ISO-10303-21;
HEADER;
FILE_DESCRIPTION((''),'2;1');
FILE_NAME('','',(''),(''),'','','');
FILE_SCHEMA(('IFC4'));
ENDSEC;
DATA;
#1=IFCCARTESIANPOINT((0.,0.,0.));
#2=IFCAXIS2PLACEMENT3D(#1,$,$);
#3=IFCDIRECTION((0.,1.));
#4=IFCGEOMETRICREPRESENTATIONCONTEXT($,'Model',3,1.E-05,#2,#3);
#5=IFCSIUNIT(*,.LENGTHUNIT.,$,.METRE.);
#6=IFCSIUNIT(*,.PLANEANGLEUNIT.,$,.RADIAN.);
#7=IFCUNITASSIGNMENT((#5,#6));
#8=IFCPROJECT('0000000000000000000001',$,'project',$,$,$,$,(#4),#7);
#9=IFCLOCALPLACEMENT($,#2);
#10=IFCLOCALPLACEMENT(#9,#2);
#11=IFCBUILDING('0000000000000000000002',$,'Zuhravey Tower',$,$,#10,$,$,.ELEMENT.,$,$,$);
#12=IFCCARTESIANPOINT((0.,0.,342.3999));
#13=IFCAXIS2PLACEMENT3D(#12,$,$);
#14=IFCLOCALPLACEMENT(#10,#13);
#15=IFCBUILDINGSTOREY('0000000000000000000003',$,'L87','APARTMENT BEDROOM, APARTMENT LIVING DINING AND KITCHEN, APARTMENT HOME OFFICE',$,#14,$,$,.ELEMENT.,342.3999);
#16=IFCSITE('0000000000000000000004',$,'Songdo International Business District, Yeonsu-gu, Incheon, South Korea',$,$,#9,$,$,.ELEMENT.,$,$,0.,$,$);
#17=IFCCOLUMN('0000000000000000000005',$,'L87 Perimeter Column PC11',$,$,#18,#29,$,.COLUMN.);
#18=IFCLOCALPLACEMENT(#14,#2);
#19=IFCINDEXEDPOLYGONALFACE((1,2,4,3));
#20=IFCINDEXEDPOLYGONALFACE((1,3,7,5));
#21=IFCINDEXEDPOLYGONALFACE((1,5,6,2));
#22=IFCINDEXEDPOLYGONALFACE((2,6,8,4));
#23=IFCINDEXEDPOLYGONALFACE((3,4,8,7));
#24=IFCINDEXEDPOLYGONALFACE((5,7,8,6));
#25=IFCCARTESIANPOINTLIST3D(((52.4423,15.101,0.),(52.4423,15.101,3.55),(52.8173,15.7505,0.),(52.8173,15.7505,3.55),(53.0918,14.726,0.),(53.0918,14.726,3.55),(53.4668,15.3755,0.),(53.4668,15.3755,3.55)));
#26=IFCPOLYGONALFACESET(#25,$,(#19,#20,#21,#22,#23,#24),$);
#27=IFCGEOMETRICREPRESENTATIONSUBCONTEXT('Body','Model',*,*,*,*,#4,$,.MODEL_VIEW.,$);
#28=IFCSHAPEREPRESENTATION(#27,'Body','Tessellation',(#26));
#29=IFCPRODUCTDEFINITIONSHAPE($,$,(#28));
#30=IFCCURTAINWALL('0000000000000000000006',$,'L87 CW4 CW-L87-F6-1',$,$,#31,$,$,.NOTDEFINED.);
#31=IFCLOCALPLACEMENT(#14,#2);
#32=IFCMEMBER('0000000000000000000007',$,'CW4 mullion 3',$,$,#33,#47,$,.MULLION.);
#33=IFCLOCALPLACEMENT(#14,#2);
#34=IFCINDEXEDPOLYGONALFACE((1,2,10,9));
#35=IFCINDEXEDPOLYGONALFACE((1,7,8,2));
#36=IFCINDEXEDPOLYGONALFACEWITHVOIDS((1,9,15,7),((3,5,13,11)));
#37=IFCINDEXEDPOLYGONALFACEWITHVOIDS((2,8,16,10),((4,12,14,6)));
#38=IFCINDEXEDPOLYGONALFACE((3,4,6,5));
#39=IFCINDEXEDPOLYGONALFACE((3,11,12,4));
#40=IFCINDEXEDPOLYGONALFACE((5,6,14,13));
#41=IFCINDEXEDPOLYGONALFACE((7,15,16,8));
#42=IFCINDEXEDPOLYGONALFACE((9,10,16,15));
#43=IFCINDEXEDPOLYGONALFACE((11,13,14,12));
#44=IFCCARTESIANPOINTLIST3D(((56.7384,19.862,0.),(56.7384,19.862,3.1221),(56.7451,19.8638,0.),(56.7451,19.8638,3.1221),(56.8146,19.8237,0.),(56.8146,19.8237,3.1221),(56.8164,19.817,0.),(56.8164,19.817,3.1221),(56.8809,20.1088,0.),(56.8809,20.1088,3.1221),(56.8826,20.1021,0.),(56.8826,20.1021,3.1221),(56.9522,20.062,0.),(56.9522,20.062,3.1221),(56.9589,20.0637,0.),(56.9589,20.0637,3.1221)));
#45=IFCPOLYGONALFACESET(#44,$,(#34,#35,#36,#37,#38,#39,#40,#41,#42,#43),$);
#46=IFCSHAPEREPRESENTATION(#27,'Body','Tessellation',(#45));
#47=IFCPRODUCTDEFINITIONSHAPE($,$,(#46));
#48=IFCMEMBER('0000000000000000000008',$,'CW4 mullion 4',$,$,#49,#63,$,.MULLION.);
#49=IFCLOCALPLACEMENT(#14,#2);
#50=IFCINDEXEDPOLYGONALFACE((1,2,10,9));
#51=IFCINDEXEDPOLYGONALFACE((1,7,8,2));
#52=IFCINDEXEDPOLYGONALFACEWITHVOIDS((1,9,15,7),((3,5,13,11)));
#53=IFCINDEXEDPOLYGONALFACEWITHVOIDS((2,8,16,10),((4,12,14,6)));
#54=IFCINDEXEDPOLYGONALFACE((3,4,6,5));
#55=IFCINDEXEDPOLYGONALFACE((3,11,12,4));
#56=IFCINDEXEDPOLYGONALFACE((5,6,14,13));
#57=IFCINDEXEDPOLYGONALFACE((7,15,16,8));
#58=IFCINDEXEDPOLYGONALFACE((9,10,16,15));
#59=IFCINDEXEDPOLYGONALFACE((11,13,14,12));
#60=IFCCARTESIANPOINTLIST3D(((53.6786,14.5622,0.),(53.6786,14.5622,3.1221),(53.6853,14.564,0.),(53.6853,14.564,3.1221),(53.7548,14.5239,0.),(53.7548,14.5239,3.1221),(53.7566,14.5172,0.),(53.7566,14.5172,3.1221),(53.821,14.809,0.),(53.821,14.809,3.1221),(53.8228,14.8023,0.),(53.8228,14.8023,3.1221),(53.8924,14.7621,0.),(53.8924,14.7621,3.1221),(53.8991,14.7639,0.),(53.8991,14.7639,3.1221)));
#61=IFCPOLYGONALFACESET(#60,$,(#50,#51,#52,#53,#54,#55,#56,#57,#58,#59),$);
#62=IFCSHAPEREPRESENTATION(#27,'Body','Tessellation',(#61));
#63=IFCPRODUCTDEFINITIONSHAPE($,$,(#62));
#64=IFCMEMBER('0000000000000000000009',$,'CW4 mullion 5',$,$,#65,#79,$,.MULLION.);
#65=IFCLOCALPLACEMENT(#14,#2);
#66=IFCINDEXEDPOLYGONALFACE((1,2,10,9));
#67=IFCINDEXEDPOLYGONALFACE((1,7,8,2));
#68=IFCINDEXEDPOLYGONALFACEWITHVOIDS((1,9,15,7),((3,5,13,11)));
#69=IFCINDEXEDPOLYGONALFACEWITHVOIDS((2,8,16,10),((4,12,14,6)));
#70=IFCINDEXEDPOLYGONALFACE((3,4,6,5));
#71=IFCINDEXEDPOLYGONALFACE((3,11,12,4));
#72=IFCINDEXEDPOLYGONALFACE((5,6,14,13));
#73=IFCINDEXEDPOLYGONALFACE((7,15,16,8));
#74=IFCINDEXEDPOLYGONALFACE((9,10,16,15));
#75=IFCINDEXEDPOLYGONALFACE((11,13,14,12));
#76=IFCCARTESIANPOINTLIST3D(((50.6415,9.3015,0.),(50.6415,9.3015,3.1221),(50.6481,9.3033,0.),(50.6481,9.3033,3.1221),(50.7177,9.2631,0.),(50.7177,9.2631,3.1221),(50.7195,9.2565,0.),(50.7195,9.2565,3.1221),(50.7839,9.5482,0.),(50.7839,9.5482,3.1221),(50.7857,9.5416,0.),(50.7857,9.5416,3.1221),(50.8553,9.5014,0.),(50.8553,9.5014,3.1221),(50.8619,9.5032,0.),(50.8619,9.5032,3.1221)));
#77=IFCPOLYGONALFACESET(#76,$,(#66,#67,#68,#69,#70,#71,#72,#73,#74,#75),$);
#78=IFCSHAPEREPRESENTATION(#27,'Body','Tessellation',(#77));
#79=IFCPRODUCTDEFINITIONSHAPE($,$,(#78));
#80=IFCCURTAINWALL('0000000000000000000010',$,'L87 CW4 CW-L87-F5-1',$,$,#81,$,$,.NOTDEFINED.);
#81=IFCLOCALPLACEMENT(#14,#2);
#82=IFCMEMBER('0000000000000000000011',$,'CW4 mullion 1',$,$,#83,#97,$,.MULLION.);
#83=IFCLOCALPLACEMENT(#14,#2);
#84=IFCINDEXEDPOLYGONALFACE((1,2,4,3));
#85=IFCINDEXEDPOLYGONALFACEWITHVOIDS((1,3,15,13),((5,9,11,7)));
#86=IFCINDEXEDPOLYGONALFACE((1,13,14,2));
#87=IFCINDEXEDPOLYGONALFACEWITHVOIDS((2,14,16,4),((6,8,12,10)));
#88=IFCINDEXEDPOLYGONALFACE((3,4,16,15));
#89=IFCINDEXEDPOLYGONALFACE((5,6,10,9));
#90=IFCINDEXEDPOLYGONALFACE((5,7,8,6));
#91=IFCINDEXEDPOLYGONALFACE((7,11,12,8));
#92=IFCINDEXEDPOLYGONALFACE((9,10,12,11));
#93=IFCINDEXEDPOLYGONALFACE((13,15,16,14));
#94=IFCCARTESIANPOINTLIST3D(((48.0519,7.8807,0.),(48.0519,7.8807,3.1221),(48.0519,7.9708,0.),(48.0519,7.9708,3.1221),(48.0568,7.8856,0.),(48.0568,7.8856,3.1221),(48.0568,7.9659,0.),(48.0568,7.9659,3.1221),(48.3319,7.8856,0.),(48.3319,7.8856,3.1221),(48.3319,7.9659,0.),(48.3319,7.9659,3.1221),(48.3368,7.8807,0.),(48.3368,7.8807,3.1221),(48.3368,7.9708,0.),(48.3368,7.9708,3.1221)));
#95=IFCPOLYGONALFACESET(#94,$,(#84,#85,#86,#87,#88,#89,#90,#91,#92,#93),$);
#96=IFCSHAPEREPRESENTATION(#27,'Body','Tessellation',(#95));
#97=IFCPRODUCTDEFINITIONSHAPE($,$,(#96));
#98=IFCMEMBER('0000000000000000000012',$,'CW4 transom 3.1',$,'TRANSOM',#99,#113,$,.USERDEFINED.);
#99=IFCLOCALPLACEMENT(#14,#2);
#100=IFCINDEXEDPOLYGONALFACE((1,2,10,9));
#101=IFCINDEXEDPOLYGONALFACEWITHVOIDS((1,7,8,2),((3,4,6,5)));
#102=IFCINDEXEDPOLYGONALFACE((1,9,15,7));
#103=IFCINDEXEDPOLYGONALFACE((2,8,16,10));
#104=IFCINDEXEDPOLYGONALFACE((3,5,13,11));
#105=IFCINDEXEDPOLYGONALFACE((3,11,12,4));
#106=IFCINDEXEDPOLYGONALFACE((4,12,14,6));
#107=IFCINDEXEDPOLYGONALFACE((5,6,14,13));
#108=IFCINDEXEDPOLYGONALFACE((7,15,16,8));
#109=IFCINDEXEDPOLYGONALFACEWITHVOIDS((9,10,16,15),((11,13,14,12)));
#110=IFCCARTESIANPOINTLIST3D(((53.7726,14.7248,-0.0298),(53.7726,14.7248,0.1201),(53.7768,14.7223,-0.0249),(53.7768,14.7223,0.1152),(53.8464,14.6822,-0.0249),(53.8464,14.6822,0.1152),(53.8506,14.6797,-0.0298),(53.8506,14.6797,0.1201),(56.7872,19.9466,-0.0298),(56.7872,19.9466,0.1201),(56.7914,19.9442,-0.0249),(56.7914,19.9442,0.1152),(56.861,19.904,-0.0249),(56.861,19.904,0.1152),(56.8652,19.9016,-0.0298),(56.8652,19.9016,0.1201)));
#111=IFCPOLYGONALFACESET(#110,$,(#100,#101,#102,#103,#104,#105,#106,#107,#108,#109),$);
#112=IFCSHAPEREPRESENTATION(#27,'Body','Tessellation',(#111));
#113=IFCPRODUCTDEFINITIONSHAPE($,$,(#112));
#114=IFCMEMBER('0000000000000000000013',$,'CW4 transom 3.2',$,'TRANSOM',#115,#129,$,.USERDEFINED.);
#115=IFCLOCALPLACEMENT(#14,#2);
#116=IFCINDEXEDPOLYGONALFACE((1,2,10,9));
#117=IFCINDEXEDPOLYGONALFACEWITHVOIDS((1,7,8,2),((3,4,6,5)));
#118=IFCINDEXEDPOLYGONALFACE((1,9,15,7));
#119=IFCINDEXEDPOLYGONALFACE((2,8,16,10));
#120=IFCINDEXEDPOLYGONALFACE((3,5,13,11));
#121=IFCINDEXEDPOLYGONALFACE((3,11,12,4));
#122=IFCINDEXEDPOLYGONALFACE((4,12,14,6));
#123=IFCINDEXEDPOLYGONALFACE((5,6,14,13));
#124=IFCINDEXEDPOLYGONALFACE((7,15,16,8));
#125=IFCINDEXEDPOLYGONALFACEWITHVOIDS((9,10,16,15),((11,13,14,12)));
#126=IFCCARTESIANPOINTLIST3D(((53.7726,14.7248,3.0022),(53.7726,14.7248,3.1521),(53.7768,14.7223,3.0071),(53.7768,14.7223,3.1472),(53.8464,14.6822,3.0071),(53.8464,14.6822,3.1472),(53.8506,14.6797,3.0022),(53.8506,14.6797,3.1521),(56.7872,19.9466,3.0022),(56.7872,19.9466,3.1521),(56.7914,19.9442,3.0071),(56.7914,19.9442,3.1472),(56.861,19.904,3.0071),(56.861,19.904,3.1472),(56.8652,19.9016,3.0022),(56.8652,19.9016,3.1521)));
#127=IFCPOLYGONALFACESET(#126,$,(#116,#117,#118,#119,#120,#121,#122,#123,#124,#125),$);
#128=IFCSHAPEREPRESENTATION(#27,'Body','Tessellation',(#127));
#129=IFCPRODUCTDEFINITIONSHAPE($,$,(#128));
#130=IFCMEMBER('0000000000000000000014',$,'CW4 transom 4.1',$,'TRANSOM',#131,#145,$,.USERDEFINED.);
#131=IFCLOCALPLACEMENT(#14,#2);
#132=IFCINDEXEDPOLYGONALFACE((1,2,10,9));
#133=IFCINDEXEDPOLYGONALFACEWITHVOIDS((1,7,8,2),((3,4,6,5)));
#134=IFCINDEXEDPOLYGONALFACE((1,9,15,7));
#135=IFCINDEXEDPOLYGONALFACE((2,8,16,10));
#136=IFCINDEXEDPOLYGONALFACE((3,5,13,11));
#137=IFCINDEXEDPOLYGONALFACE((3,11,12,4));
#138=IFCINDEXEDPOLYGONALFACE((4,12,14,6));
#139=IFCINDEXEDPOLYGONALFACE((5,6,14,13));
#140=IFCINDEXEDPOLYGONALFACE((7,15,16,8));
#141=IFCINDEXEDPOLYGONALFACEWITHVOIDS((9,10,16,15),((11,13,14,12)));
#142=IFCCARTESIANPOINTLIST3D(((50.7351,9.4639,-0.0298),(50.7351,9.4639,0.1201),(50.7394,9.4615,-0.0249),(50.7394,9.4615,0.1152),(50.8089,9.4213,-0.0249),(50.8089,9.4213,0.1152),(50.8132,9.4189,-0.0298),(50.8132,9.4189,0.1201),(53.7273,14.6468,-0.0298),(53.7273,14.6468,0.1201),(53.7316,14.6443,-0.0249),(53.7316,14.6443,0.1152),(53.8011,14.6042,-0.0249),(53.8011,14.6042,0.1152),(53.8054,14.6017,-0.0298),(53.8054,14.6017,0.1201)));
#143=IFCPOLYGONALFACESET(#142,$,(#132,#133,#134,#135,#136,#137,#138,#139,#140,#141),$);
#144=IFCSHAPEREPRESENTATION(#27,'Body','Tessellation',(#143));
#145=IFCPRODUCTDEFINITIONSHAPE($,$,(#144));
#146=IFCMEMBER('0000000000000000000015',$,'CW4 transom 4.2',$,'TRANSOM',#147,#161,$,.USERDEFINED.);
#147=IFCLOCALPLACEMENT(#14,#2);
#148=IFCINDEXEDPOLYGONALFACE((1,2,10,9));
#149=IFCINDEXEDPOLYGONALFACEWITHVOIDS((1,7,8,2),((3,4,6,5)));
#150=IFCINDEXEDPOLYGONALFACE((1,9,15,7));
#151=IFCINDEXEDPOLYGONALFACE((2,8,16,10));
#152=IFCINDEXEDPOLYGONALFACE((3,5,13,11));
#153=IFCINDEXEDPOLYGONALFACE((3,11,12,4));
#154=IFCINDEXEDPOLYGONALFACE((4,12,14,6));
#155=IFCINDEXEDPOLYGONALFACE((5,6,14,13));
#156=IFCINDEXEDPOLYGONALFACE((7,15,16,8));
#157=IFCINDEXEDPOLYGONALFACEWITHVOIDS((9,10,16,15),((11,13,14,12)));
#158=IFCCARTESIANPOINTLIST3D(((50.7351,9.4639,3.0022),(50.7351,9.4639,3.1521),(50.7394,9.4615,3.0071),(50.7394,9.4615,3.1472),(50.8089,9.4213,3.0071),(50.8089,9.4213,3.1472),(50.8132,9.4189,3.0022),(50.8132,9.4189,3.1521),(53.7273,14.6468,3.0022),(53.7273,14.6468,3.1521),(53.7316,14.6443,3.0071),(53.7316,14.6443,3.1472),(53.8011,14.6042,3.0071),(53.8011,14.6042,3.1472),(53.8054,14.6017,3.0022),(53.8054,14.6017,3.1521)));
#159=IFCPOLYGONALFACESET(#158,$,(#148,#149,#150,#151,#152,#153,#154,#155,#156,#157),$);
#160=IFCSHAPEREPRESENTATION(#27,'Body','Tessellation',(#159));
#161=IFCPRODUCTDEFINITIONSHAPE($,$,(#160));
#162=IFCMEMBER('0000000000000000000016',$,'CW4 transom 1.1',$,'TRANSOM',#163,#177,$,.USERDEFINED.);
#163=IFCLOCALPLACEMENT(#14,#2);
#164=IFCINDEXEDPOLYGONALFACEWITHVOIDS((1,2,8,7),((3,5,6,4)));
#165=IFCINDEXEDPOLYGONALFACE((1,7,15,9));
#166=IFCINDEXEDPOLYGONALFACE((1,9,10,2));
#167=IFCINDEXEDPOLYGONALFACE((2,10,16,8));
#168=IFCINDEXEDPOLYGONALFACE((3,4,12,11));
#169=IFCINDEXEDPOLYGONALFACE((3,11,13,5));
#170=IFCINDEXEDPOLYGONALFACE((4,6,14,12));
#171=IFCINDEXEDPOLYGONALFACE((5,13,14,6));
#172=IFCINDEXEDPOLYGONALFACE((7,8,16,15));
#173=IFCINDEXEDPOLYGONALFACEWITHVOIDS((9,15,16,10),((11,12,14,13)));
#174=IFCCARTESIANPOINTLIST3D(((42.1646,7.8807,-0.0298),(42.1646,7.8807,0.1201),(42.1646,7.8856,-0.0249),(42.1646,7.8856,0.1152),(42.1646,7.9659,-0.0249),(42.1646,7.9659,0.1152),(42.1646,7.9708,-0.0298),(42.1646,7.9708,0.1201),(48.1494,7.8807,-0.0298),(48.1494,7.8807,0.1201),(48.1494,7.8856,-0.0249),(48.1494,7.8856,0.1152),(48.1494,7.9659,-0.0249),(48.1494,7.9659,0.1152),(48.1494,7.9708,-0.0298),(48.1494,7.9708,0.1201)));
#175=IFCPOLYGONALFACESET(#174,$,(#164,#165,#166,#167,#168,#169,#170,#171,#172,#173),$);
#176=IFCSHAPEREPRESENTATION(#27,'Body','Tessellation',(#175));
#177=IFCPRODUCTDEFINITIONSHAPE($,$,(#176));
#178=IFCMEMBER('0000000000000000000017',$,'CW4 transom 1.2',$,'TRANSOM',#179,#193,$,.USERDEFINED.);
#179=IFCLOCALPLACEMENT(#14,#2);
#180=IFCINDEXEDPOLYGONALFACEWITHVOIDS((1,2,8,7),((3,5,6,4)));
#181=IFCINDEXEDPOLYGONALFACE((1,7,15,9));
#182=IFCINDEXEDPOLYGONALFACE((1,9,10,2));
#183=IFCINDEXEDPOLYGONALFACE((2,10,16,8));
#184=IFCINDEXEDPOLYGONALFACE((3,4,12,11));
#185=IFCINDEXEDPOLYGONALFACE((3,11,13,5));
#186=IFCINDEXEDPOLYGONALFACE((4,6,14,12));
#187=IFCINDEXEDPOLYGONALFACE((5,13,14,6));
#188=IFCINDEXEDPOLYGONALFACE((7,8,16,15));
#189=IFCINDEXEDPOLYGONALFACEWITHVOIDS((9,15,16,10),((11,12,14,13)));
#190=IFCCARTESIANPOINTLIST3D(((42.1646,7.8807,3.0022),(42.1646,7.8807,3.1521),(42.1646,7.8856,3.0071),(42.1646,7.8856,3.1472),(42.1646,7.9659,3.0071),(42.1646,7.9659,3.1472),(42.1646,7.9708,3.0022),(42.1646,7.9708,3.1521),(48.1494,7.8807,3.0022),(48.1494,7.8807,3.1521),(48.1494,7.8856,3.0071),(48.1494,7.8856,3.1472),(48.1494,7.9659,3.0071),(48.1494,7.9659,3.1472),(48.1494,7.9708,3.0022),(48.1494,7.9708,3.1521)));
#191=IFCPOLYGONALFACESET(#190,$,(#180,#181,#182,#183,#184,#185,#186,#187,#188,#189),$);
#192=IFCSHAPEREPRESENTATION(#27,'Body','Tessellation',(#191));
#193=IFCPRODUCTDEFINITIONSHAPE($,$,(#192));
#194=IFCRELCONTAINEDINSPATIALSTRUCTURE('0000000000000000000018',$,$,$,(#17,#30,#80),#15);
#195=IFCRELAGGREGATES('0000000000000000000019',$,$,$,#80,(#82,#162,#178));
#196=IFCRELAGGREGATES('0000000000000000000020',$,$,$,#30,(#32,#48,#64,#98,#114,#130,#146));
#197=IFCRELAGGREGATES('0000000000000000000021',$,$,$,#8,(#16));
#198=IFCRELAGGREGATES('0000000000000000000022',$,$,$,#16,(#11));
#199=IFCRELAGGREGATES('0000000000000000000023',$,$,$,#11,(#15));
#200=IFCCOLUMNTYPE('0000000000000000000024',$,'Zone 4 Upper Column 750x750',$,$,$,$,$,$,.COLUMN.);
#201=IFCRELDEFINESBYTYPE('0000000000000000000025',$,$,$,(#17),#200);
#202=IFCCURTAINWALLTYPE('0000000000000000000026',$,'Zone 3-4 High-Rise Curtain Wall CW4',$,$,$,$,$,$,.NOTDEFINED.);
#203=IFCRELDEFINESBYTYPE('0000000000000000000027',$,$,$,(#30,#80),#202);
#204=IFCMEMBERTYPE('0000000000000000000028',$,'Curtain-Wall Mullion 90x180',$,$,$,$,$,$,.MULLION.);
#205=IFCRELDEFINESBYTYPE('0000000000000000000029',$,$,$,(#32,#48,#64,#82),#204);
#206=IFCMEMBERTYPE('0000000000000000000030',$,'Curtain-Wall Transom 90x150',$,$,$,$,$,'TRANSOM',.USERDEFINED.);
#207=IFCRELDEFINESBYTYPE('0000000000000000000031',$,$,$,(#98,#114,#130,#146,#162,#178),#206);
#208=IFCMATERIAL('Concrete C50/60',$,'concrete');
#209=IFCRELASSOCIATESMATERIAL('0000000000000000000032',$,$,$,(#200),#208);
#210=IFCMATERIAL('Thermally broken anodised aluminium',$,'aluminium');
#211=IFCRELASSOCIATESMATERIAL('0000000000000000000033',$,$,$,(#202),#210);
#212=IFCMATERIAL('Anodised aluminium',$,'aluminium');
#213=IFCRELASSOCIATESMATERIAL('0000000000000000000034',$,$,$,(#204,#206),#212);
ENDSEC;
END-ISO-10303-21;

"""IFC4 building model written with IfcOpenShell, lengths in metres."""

from ifc_helpers import new_model, si_unit, direction, frame, origin, origin_2d, place, context, subcontext, project, spatial, rectangle, hollow_rectangle, extrude, material, material_profile, profile_set, type_object, element, aggregate, save


model = new_model("IFC4")

# Units and contexts
model_context = context("Model", 3, precision=1e-05, world=origin(), true_north=direction((0.0, 1.0)))
body_context = subcontext(model_context, "Body", "Model", "MODEL_VIEW")
ifc_project = project(units=[si_unit("LENGTHUNIT", "METRE"), si_unit("PLANEANGLEUNIT", "RADIAN")], contexts=[model_context])

# Site, building, storey
site_placement = place(None, origin())
site = spatial("IfcSite", under=ifc_project, at=site_placement, Name="Songdo International Business District, Yeonsu-gu, Incheon, South Korea", CompositionType="ELEMENT", RefElevation=0.0)
building_placement = place(site_placement, origin())
building = spatial("IfcBuilding", under=site, at=building_placement, Name="Zuhravey Tower", CompositionType="ELEMENT")
storey_placement = place(building_placement, frame((0.0, 0.0, 342.3999)))
storey = spatial("IfcBuildingStorey", under=building, at=storey_placement, Name="L87", Description="APARTMENT BEDROOM, APARTMENT LIVING DINING AND KITCHEN, APARTMENT HOME OFFICE", CompositionType="ELEMENT", Elevation=342.3999)

# Column
ifc_material_1 = material(Name="Concrete C50/60", Category="concrete")
ifc_material_profile_1 = material_profile(ifc_material_1, rectangle(XDim=0.75, YDim=0.75, at=origin_2d()), Name="RC-750x750")
ifc_profile_set_1 = profile_set([ifc_material_profile_1], Name="Concrete C50/60")
column_type = type_object("IfcColumnType", Name="Zone 4 Upper Column 750x750", PredefinedType="COLUMN", material=ifc_profile_set_1)
column_placement = place(storey_placement, frame((52.9546, 15.2383, 0.0), z_axis=(0.0, 0.0, 1.0), x_axis=(0.5, 0.866025, 0.0)))
element("IfcColumn", 1, at=column_placement, inside=storey, type_object=column_type, Name="L87 Perimeter Column PC11", PredefinedType="COLUMN", context=body_context, shape_type="SweptSolid", body=[
    extrude(rectangle(XDim=0.75, YDim=0.75, at=origin_2d()), origin(), (0.0, 0.0, 1.0), 3.55),
])

# Curtain wall, members
ifc_material_2 = material(Name="Thermally broken anodised aluminium", Category="aluminium")
curtain_wall_type = type_object("IfcCurtainWallType", Name="Zone 3-4 High-Rise Curtain Wall CW4", PredefinedType="NOTDEFINED", material=ifc_material_2)
curtain_wall_1_placement = place(storey_placement, origin())
curtain_wall_1 = element("IfcCurtainWall", 2, at=curtain_wall_1_placement, inside=storey, type_object=curtain_wall_type, Name="L87 CW4 CW-L87-F6-1", PredefinedType="NOTDEFINED")
ifc_material_3 = material(Name="Anodised aluminium", Category="aluminium")
ifc_material_profile_2 = material_profile(ifc_material_3, hollow_rectangle(XDim=0.0901, YDim=0.2849, WallThickness=0.0049, at=origin_2d()), Name="ALU-RHS-90x285x5")
ifc_profile_set_2 = profile_set([ifc_material_profile_2], Name="Anodised aluminium")
member_type_1 = type_object("IfcMemberType", Name="Curtain-Wall Mullion 90x180", PredefinedType="MULLION", material=ifc_profile_set_2)
member_1_placement = place(storey_placement, frame((56.8486, 19.9629, 0.0), z_axis=(0.0, 0.0, 1.0), x_axis=(0.866026, -0.5, 0.0)))
member_1 = element("IfcMember", 3, at=member_1_placement, type_object=member_type_1, Name="CW4 mullion 3", PredefinedType="MULLION", context=body_context, shape_type="SweptSolid", body=[
    extrude(hollow_rectangle(XDim=0.0901, YDim=0.2849, WallThickness=0.0049, at=origin_2d()), origin(), (0.0, 0.0, 1.0), 3.1221),
])
member_2_placement = place(storey_placement, frame((53.7888, 14.6631, 0.0), z_axis=(0.0, 0.0, 1.0), x_axis=(0.866026, -0.5, 0.0)))
member_2 = element("IfcMember", 4, at=member_2_placement, type_object=member_type_1, Name="CW4 mullion 4", PredefinedType="MULLION", context=body_context, shape_type="SweptSolid", body=[
    extrude(hollow_rectangle(XDim=0.0901, YDim=0.2849, WallThickness=0.0049, at=origin_2d()), origin(), (0.0, 0.0, 1.0), 3.1221),
])
member_3_placement = place(storey_placement, frame((50.7517, 9.4023, 0.0), z_axis=(0.0, 0.0, 1.0), x_axis=(0.866026, -0.5, 0.0)))
member_3 = element("IfcMember", 5, at=member_3_placement, type_object=member_type_1, Name="CW4 mullion 5", PredefinedType="MULLION", context=body_context, shape_type="SweptSolid", body=[
    extrude(hollow_rectangle(XDim=0.0901, YDim=0.2849, WallThickness=0.0049, at=origin_2d()), origin(), (0.0, 0.0, 1.0), 3.1221),
])

# Curtain wall, member
curtain_wall_2_placement = place(storey_placement, origin())
curtain_wall_2 = element("IfcCurtainWall", 6, at=curtain_wall_2_placement, inside=storey, type_object=curtain_wall_type, Name="L87 CW4 CW-L87-F5-1", PredefinedType="NOTDEFINED")
member_4_placement = place(storey_placement, frame((48.1943, 7.9258, 0.0), z_axis=(0.0, 0.0, 1.0), x_axis=(0.0, -1.0, 0.0)))
member_4 = element("IfcMember", 7, at=member_4_placement, type_object=member_type_1, Name="CW4 mullion 1", PredefinedType="MULLION", context=body_context, shape_type="SweptSolid", body=[
    extrude(hollow_rectangle(XDim=0.0901, YDim=0.2849, WallThickness=0.0049, at=origin_2d()), origin(), (0.0, 0.0, 1.0), 3.1221),
])

# Members
ifc_material_profile_3 = material_profile(ifc_material_3, hollow_rectangle(XDim=0.0901, YDim=0.1499, WallThickness=0.0049, at=origin_2d()), Name="ALU-RHS-90x150x5")
ifc_profile_set_3 = profile_set([ifc_material_profile_3], Name="Anodised aluminium")
member_type_2 = type_object("IfcMemberType", Name="Curtain-Wall Transom 90x150", ElementType="TRANSOM", PredefinedType="USERDEFINED", material=ifc_profile_set_3)
member_5_placement = place(storey_placement, frame((56.8262, 19.9241, 0.0452), z_axis=(-0.499971, -0.866042, 0.0), x_axis=(0.866042, -0.499971, 0.0)))
member_5 = element("IfcMember", 8, at=member_5_placement, type_object=member_type_2, Name="CW4 transom 3.1", ObjectType="TRANSOM", PredefinedType="USERDEFINED", context=body_context, shape_type="SweptSolid", body=[
    extrude(hollow_rectangle(XDim=0.0901, YDim=0.1499, WallThickness=0.0049, at=origin_2d()), origin(), (0.0, 0.0, 1.0), 6.0295),
])
member_6_placement = place(storey_placement, frame((56.8262, 19.9241, 3.0771), z_axis=(-0.499971, -0.866042, 0.0), x_axis=(0.866042, -0.499971, 0.0)))
member_6 = element("IfcMember", 9, at=member_6_placement, type_object=member_type_2, Name="CW4 transom 3.2", ObjectType="TRANSOM", PredefinedType="USERDEFINED", context=body_context, shape_type="SweptSolid", body=[
    extrude(hollow_rectangle(XDim=0.0901, YDim=0.1499, WallThickness=0.0049, at=origin_2d()), origin(), (0.0, 0.0, 1.0), 6.0295),
])
member_7_placement = place(storey_placement, frame((53.7664, 14.6243, 0.0452), z_axis=(-0.499983, -0.866035, 0.0), x_axis=(0.866035, -0.499983, 0.0)))
member_7 = element("IfcMember", 10, at=member_7_placement, type_object=member_type_2, Name="CW4 transom 4.1", ObjectType="TRANSOM", PredefinedType="USERDEFINED", context=body_context, shape_type="SweptSolid", body=[
    extrude(hollow_rectangle(XDim=0.0901, YDim=0.1499, WallThickness=0.0049, at=origin_2d()), origin(), (0.0, 0.0, 1.0), 5.9846),
])
member_8_placement = place(storey_placement, frame((53.7664, 14.6243, 3.0771), z_axis=(-0.499983, -0.866035, 0.0), x_axis=(0.866035, -0.499983, 0.0)))
member_8 = element("IfcMember", 11, at=member_8_placement, type_object=member_type_2, Name="CW4 transom 4.2", ObjectType="TRANSOM", PredefinedType="USERDEFINED", context=body_context, shape_type="SweptSolid", body=[
    extrude(hollow_rectangle(XDim=0.0901, YDim=0.1499, WallThickness=0.0049, at=origin_2d()), origin(), (0.0, 0.0, 1.0), 5.9846),
])
member_9_placement = place(storey_placement, frame((48.1494, 7.9258, 0.0452), z_axis=(-1.0, 0.0, 0.0), x_axis=(0.0, -1.0, 0.0)))
member_9 = element("IfcMember", 12, at=member_9_placement, type_object=member_type_2, Name="CW4 transom 1.1", ObjectType="TRANSOM", PredefinedType="USERDEFINED", context=body_context, shape_type="SweptSolid", body=[
    extrude(hollow_rectangle(XDim=0.0901, YDim=0.1499, WallThickness=0.0049, at=origin_2d()), origin(), (0.0, 0.0, 1.0), 5.9849),
])
member_10_placement = place(storey_placement, frame((48.1494, 7.9258, 3.0771), z_axis=(-1.0, 0.0, 0.0), x_axis=(0.0, -1.0, 0.0)))
member_10 = element("IfcMember", 13, at=member_10_placement, type_object=member_type_2, Name="CW4 transom 1.2", ObjectType="TRANSOM", PredefinedType="USERDEFINED", context=body_context, shape_type="SweptSolid", body=[
    extrude(hollow_rectangle(XDim=0.0901, YDim=0.1499, WallThickness=0.0049, at=origin_2d()), origin(), (0.0, 0.0, 1.0), 5.9849),
])
aggregate(curtain_wall_2, [member_4, member_9, member_10])

aggregate(curtain_wall_1, [member_1, member_2, member_3, member_5, member_6, member_7, member_8])

save(model, "model.ifc")
